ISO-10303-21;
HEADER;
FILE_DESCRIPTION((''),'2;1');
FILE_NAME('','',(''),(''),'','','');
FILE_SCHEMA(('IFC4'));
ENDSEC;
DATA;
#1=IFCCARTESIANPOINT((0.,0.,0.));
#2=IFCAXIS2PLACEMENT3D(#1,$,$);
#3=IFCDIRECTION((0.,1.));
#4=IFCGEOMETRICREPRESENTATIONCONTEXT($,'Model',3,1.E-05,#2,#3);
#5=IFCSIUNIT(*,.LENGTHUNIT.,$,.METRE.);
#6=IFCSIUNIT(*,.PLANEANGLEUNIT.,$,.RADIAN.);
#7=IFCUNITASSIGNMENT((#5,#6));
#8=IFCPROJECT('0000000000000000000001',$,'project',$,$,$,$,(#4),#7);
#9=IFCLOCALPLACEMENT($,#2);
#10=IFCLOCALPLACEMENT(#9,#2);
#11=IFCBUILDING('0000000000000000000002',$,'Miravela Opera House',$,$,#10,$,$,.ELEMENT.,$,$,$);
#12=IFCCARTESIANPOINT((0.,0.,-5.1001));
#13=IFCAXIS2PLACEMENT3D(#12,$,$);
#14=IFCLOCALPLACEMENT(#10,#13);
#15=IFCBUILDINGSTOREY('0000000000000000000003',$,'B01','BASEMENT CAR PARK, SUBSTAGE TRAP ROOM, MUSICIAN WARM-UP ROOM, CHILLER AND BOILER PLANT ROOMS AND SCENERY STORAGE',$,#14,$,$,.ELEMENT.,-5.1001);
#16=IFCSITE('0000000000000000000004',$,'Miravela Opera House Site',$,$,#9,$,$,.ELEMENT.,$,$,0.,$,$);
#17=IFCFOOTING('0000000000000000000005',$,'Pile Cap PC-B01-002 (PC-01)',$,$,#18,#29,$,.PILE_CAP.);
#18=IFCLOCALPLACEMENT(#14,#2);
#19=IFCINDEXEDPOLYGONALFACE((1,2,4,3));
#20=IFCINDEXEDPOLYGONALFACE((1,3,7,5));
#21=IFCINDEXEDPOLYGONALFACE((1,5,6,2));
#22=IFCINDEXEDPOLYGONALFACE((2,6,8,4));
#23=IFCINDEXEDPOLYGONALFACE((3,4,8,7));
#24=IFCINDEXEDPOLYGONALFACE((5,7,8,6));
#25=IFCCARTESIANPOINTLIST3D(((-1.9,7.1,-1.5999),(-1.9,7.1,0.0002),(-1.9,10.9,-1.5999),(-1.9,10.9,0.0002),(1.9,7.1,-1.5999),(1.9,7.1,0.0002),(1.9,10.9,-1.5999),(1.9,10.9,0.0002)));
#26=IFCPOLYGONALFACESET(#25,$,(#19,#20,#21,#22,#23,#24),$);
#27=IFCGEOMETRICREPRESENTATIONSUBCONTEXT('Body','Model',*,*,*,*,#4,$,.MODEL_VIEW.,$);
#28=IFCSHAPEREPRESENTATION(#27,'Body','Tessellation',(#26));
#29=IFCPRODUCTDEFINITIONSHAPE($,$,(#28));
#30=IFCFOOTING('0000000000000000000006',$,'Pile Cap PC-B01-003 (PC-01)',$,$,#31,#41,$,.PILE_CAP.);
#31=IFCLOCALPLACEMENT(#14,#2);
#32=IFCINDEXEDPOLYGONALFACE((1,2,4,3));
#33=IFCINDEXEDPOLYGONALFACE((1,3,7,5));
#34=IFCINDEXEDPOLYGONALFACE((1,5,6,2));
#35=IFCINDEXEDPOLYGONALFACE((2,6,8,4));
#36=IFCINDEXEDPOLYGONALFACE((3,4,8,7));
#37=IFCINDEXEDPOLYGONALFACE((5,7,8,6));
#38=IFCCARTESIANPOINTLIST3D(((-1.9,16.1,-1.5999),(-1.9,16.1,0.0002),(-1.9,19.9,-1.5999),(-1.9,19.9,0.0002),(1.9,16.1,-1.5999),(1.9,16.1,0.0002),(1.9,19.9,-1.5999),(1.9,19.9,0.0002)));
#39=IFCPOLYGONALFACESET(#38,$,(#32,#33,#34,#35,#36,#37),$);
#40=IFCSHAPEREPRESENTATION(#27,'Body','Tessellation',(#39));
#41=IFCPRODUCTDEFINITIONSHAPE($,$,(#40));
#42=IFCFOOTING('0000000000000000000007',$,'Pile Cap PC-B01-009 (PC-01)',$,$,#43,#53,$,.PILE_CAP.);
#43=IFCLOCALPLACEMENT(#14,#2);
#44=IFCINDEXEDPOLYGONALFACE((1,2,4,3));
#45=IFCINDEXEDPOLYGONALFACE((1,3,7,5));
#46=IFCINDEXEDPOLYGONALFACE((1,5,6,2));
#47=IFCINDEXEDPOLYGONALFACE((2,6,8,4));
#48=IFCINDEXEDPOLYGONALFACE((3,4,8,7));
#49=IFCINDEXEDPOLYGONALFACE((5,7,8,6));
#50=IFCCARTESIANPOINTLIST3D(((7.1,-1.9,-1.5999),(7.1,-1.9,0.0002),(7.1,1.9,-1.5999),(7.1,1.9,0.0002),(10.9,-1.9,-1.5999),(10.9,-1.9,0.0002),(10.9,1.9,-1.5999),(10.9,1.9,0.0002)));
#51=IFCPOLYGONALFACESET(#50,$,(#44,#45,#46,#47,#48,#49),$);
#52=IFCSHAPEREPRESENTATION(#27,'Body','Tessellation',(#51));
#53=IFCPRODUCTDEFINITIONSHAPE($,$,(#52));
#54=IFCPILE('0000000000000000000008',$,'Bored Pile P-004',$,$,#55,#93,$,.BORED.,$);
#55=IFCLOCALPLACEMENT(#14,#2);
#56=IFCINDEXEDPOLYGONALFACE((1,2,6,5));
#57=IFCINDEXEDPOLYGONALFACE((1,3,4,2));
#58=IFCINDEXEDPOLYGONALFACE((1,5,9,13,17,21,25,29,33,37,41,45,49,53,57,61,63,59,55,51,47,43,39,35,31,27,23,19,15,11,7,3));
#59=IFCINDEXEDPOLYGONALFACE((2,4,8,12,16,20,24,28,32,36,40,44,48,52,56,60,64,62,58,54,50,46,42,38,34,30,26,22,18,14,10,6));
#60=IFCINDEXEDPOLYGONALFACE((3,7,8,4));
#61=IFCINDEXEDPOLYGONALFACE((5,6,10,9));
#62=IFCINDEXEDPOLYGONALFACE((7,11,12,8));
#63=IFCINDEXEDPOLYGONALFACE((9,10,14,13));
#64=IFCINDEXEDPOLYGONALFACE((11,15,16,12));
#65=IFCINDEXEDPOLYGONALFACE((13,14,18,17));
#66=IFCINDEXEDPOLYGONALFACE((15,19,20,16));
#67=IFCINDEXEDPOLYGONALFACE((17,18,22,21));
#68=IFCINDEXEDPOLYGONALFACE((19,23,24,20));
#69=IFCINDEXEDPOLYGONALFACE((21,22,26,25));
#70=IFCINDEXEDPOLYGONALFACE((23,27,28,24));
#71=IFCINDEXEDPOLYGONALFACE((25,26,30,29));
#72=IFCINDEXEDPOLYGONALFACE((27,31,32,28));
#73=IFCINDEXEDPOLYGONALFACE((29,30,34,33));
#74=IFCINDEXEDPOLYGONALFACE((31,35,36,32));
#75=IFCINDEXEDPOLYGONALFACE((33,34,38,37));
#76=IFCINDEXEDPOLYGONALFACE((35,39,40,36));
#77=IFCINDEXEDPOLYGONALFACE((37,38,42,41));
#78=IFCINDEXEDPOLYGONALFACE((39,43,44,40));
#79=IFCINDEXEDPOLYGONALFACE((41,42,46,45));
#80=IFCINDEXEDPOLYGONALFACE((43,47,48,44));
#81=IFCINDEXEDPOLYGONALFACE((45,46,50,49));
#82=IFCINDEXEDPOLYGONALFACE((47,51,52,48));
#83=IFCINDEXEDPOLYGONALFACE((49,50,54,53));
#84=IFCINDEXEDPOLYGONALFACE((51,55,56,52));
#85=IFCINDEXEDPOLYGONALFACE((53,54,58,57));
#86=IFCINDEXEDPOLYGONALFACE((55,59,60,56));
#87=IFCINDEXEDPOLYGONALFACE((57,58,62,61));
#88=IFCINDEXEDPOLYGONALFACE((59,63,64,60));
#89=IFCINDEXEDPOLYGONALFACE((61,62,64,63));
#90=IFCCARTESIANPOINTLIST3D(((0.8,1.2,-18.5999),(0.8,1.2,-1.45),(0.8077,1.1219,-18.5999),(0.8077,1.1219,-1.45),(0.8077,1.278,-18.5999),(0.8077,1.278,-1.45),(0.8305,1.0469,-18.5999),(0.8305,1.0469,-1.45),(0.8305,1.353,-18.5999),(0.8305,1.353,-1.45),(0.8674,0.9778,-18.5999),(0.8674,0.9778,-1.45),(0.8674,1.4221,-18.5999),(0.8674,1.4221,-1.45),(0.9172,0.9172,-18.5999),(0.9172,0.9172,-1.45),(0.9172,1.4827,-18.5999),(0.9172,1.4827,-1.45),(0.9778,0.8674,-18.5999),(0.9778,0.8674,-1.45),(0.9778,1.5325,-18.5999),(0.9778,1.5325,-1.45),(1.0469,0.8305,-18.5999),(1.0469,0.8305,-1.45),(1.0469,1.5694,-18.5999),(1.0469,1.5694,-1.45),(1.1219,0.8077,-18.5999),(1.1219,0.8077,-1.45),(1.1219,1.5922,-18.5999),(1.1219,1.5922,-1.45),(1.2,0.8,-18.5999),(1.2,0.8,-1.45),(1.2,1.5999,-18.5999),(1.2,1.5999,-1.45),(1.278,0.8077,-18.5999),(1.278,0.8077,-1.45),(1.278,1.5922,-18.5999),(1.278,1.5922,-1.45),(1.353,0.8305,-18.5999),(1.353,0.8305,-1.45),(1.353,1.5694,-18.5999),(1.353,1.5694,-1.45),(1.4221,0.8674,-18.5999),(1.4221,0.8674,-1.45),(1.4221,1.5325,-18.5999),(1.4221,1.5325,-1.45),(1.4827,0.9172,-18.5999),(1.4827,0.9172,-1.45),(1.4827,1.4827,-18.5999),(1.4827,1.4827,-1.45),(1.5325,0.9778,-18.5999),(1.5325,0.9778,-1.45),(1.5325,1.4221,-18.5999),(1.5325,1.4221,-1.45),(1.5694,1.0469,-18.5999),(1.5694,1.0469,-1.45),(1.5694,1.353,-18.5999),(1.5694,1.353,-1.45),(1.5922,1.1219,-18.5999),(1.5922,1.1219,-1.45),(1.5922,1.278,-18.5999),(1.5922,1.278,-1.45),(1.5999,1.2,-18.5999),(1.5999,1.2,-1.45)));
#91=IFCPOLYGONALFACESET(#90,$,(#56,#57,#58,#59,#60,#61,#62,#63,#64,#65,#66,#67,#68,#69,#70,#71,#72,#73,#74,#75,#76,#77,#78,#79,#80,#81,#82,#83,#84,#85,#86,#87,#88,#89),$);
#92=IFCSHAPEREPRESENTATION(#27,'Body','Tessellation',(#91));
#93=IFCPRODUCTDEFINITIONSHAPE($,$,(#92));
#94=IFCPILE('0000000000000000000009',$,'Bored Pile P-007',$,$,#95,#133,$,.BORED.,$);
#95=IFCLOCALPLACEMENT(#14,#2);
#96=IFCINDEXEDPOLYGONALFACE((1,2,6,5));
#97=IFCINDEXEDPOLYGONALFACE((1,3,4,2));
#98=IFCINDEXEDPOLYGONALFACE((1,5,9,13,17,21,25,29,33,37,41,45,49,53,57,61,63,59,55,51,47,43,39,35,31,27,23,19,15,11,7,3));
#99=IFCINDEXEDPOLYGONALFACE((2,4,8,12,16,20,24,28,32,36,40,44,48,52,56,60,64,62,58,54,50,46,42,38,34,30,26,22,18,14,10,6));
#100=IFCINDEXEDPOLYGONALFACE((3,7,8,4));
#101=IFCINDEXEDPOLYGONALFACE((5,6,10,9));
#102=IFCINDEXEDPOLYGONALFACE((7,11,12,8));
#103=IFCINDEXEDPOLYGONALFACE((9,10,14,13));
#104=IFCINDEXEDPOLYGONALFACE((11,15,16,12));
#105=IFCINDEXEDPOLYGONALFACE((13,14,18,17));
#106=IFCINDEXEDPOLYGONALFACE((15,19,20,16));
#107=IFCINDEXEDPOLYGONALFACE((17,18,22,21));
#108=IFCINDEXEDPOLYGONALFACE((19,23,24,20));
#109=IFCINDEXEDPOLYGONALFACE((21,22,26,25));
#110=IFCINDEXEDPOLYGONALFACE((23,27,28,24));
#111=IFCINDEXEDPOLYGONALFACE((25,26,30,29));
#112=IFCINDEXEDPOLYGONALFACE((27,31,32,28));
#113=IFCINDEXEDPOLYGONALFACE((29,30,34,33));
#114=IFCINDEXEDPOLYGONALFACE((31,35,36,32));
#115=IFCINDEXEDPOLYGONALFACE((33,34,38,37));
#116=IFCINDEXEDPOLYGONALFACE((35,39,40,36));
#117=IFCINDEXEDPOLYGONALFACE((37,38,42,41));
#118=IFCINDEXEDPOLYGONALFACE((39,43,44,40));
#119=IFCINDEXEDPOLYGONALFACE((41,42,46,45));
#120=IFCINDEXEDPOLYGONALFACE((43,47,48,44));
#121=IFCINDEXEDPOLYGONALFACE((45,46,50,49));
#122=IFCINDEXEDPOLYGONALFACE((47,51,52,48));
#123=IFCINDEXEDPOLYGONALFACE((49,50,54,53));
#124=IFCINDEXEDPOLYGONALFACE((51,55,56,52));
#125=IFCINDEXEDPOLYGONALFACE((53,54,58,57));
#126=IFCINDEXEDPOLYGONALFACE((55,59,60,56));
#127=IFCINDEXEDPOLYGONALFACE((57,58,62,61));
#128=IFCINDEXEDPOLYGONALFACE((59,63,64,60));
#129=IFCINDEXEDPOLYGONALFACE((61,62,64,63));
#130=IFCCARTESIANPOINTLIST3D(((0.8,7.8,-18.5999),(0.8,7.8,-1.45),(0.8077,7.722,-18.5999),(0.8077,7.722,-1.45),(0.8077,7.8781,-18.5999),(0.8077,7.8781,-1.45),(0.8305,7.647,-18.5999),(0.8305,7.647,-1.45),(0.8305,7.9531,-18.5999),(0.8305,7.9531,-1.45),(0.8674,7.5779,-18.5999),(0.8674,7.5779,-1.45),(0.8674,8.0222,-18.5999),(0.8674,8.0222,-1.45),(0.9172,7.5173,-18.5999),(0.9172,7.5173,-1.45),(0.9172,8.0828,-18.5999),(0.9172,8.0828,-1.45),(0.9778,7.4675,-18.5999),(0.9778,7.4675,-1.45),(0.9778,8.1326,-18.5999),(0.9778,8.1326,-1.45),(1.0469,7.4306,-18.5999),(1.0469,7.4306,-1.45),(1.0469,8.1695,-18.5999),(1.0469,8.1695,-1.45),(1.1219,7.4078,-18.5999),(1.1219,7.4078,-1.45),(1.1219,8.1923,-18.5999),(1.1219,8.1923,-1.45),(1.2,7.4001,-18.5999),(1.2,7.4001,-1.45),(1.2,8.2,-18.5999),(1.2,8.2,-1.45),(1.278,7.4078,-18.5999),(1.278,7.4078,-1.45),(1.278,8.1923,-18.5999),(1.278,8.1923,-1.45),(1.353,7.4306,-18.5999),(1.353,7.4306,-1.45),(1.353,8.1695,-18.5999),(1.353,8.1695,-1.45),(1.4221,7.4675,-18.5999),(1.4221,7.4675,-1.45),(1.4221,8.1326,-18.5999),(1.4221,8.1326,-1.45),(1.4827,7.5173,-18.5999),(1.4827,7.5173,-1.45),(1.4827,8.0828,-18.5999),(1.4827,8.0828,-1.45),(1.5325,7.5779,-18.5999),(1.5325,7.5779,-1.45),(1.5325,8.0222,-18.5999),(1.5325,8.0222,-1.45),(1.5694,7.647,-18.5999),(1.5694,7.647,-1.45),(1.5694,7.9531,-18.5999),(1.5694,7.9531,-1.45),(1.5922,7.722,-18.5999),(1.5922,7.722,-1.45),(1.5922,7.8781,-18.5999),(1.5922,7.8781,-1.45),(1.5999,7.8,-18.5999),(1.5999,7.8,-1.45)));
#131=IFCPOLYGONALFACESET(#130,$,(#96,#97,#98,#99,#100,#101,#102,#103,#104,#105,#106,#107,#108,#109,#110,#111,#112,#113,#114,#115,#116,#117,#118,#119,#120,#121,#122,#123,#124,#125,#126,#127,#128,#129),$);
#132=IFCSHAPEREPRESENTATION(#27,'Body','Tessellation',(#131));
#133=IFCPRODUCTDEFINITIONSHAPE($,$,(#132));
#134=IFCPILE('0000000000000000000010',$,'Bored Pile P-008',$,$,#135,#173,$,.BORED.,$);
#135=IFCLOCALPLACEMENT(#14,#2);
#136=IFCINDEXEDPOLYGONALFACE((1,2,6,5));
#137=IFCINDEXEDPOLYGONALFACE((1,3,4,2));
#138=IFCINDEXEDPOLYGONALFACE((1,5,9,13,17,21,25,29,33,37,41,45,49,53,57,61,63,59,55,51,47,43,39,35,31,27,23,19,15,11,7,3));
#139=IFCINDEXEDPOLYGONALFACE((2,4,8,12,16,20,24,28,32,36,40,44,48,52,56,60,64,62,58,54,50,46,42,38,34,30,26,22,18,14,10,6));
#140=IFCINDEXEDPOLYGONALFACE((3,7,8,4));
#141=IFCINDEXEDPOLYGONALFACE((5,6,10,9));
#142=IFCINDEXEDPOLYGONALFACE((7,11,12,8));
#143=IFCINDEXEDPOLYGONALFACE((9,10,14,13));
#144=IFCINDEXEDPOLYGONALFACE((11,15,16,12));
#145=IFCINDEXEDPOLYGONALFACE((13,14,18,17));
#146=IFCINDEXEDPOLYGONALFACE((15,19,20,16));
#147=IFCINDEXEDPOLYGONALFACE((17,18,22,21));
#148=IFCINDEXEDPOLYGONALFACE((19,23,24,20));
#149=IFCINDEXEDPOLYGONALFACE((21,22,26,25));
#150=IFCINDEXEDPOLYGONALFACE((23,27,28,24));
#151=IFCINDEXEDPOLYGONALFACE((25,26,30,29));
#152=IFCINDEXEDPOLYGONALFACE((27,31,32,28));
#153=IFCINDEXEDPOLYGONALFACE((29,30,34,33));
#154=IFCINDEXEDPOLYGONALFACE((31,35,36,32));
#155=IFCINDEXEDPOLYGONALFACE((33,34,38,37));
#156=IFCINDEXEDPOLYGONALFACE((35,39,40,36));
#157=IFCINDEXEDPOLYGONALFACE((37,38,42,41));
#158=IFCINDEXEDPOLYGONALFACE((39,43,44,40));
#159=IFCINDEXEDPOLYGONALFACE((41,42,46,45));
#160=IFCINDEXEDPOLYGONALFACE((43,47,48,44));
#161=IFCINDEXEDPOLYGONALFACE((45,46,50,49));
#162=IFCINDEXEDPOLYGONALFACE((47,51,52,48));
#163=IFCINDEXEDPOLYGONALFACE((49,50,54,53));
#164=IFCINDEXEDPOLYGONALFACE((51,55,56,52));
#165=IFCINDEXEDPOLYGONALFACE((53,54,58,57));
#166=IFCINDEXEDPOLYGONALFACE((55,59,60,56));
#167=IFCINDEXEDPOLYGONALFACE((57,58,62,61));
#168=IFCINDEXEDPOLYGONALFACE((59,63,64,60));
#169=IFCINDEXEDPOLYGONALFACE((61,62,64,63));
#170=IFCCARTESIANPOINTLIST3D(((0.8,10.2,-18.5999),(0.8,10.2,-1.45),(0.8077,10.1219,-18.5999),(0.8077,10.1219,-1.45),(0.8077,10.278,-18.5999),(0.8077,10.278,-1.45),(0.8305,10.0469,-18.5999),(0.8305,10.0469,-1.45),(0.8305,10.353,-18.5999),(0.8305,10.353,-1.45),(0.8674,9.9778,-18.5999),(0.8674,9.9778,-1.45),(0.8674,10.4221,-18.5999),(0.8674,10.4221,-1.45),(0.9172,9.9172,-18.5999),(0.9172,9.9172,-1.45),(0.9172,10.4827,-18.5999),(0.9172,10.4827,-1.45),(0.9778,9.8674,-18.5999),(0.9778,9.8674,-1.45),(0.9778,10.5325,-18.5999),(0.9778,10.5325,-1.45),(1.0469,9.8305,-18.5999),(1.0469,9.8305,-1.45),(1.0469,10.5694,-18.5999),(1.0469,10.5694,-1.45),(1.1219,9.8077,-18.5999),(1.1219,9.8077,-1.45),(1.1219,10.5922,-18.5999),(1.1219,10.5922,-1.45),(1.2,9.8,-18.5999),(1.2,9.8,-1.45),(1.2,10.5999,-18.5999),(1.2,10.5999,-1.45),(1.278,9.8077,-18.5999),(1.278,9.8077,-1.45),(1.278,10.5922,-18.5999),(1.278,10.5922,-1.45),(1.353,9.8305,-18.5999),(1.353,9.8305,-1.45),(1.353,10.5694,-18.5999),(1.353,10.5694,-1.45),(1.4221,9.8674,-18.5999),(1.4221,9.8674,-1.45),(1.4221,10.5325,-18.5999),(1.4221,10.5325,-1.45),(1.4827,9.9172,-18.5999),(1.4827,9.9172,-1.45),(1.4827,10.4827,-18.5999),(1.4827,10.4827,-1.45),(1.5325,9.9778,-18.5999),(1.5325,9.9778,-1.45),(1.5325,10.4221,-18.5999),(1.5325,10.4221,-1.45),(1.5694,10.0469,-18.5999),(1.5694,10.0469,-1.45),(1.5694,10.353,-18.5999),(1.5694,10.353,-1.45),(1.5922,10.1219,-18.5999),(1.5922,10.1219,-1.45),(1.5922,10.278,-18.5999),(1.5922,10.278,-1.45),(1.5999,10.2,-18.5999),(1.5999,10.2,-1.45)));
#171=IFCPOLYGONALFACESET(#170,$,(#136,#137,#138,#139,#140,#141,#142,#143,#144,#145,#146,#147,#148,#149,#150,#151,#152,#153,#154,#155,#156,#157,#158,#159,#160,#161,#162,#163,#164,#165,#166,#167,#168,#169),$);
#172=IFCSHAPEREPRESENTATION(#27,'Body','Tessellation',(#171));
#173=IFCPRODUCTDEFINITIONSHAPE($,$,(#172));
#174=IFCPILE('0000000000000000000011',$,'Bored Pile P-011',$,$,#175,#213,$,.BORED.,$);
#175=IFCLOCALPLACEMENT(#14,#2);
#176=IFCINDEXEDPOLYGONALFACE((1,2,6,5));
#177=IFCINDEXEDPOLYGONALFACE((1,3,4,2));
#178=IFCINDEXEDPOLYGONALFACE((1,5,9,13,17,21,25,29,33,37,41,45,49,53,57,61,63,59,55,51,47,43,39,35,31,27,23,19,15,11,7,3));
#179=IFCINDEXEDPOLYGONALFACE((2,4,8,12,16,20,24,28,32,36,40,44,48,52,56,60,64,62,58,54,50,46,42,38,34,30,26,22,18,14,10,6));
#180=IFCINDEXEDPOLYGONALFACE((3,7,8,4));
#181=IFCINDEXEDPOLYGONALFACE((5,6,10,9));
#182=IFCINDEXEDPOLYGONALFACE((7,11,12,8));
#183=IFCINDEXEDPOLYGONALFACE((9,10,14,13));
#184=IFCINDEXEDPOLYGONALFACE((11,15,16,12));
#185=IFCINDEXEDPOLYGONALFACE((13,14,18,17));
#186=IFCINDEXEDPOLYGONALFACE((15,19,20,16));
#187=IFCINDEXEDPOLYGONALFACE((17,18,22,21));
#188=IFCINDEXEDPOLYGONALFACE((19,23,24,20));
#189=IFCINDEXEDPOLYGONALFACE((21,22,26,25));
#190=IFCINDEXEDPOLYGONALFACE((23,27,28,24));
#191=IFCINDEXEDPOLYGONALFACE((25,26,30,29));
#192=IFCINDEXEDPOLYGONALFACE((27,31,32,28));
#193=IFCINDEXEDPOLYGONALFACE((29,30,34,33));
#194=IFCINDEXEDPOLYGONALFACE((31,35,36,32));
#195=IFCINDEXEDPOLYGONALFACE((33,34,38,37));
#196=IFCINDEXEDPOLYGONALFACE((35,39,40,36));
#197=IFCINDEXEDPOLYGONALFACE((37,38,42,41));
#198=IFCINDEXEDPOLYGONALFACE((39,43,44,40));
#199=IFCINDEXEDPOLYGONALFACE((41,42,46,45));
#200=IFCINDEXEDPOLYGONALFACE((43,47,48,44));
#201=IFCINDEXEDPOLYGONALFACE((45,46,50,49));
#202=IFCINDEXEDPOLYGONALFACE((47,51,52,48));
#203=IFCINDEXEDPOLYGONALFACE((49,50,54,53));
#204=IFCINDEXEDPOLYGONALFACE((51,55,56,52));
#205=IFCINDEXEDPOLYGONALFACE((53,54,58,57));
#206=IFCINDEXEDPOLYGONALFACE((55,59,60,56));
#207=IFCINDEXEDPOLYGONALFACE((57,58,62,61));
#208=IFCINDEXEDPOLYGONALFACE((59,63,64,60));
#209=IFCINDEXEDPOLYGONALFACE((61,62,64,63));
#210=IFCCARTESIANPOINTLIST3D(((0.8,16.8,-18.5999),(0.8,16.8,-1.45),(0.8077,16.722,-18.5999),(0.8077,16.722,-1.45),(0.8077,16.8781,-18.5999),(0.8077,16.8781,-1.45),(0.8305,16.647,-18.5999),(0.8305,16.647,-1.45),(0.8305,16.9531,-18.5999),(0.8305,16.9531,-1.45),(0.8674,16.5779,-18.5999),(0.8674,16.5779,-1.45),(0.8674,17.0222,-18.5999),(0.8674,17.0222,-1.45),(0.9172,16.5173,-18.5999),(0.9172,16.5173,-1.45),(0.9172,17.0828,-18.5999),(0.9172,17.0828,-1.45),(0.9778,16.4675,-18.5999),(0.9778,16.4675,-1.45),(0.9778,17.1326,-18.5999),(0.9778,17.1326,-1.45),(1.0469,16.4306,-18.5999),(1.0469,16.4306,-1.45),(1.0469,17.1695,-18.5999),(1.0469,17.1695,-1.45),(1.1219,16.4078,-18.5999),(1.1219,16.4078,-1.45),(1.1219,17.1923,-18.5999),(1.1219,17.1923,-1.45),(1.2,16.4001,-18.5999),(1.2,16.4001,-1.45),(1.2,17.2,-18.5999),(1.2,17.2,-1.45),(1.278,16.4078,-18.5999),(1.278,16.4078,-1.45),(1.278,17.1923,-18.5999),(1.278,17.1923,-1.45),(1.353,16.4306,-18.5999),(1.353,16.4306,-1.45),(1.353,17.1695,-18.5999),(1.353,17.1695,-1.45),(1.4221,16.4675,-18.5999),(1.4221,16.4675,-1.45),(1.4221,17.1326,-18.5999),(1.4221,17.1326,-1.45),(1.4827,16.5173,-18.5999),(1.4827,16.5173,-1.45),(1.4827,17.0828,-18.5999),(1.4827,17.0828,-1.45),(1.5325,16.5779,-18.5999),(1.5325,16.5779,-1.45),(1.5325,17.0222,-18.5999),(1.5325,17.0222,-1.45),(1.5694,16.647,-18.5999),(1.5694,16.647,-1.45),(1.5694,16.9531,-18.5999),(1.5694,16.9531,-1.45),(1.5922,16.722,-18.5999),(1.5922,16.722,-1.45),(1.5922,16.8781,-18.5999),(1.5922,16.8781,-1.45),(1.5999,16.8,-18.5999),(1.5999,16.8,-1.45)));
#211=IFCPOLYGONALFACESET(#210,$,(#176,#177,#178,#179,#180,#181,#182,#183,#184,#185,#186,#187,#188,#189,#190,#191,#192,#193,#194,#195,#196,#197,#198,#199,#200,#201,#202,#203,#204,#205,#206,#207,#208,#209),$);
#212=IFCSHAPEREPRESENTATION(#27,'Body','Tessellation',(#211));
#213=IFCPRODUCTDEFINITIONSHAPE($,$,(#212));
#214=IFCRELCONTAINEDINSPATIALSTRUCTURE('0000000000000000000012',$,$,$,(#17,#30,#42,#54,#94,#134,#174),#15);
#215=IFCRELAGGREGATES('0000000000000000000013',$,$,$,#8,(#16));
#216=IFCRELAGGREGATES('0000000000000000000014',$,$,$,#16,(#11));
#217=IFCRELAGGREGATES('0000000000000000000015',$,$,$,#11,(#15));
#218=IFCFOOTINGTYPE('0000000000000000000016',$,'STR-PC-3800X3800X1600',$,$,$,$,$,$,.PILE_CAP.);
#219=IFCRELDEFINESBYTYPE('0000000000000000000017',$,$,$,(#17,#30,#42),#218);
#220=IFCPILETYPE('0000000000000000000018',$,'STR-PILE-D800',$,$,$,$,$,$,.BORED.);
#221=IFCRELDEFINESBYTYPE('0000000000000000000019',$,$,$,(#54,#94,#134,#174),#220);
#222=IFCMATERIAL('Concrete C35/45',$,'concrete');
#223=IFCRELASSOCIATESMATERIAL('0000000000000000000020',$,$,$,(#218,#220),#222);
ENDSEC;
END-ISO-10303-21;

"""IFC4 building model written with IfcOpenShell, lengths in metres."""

from ifc_helpers import new_model, si_unit, direction, frame, origin, origin_2d, place, context, subcontext, project, spatial, rectangle, circle, extrude, material, material_profile, profile_set, type_object, element, save


model = new_model("IFC4")

# Units and contexts
model_context = context("Model", 3, precision=1e-05, world=origin(), true_north=direction((0.0, 1.0)))
body_context = subcontext(model_context, "Body", "Model", "MODEL_VIEW")
ifc_project = project(units=[si_unit("LENGTHUNIT", "METRE"), si_unit("PLANEANGLEUNIT", "RADIAN")], contexts=[model_context])

# Site, building, storey
site_placement = place(None, origin())
site = spatial("IfcSite", under=ifc_project, at=site_placement, Name="Miravela Opera House Site", CompositionType="ELEMENT", RefElevation=0.0)
building_placement = place(site_placement, origin())
building = spatial("IfcBuilding", under=site, at=building_placement, Name="Miravela Opera House", CompositionType="ELEMENT")
storey_placement = place(building_placement, frame((0.0, 0.0, -5.1001)))
storey = spatial("IfcBuildingStorey", under=building, at=storey_placement, Name="B01", Description="BASEMENT CAR PARK, SUBSTAGE TRAP ROOM, MUSICIAN WARM-UP ROOM, CHILLER AND BOILER PLANT ROOMS AND SCENERY STORAGE", CompositionType="ELEMENT", Elevation=-5.1001)

# Footings
ifc_material_1 = material(Name="Concrete C35/45", Category="concrete")
footing_type = type_object("IfcFootingType", Name="STR-PC-3800X3800X1600", PredefinedType="PILE_CAP", material=ifc_material_1)
for number, where, z_axis, x_axis, name in (
    (1, (0.0, 9.0, -1.5999), (0.0, 0.0, 1.0), (1.0, 0.0, 0.0), "Pile Cap PC-B01-002 (PC-01)"),
    (2, (0.0, 18.0, -1.5999), (0.0, 0.0, 1.0), (1.0, 0.0, 0.0), "Pile Cap PC-B01-003 (PC-01)"),
    (3, (9.0, 0.0, -1.5999), (0.0, 0.0, 1.0), (1.0, 0.0, 0.0), "Pile Cap PC-B01-009 (PC-01)"),
):
    element("IfcFooting", number, at=place(storey_placement, frame(where, z_axis=z_axis, x_axis=x_axis)), inside=storey, type_object=footing_type, Name=name, PredefinedType="PILE_CAP", context=body_context, shape_type="SweptSolid", body=[
        extrude(rectangle(XDim=3.8, YDim=3.8, at=origin_2d()), origin(), (0.0, 0.0, 1.0), 1.6001),
    ])

# Piles
ifc_material_profile_1 = material_profile(ifc_material_1, circle(Radius=0.3999, at=origin_2d()), Name="PILE-D800")
ifc_profile_set_1 = profile_set([ifc_material_profile_1])
pile_type = type_object("IfcPileType", Name="STR-PILE-D800", PredefinedType="BORED", material=ifc_profile_set_1)
for number, where, z_axis, x_axis, name in (
    (4, (1.2, 1.2, -1.45), (0.0, 0.0, -1.0), (1.0, 0.0, 0.0), "Bored Pile P-004"),
    (5, (1.2, 7.8, -1.45), (0.0, 0.0, -1.0), (1.0, 0.0, 0.0), "Bored Pile P-007"),
    (6, (1.2, 10.2, -1.45), (0.0, 0.0, -1.0), (1.0, 0.0, 0.0), "Bored Pile P-008"),
    (7, (1.2, 16.8, -1.45), (0.0, 0.0, -1.0), (1.0, 0.0, 0.0), "Bored Pile P-011"),
):
    element("IfcPile", number, at=place(storey_placement, frame(where, z_axis=z_axis, x_axis=x_axis)), inside=storey, type_object=pile_type, Name=name, PredefinedType="BORED", context=body_context, shape_type="SweptSolid", body=[
        extrude(circle(Radius=0.3999, at=origin_2d()), origin(), (0.0, 0.0, 1.0), 17.1499),
    ])

save(model, "model.ifc")
